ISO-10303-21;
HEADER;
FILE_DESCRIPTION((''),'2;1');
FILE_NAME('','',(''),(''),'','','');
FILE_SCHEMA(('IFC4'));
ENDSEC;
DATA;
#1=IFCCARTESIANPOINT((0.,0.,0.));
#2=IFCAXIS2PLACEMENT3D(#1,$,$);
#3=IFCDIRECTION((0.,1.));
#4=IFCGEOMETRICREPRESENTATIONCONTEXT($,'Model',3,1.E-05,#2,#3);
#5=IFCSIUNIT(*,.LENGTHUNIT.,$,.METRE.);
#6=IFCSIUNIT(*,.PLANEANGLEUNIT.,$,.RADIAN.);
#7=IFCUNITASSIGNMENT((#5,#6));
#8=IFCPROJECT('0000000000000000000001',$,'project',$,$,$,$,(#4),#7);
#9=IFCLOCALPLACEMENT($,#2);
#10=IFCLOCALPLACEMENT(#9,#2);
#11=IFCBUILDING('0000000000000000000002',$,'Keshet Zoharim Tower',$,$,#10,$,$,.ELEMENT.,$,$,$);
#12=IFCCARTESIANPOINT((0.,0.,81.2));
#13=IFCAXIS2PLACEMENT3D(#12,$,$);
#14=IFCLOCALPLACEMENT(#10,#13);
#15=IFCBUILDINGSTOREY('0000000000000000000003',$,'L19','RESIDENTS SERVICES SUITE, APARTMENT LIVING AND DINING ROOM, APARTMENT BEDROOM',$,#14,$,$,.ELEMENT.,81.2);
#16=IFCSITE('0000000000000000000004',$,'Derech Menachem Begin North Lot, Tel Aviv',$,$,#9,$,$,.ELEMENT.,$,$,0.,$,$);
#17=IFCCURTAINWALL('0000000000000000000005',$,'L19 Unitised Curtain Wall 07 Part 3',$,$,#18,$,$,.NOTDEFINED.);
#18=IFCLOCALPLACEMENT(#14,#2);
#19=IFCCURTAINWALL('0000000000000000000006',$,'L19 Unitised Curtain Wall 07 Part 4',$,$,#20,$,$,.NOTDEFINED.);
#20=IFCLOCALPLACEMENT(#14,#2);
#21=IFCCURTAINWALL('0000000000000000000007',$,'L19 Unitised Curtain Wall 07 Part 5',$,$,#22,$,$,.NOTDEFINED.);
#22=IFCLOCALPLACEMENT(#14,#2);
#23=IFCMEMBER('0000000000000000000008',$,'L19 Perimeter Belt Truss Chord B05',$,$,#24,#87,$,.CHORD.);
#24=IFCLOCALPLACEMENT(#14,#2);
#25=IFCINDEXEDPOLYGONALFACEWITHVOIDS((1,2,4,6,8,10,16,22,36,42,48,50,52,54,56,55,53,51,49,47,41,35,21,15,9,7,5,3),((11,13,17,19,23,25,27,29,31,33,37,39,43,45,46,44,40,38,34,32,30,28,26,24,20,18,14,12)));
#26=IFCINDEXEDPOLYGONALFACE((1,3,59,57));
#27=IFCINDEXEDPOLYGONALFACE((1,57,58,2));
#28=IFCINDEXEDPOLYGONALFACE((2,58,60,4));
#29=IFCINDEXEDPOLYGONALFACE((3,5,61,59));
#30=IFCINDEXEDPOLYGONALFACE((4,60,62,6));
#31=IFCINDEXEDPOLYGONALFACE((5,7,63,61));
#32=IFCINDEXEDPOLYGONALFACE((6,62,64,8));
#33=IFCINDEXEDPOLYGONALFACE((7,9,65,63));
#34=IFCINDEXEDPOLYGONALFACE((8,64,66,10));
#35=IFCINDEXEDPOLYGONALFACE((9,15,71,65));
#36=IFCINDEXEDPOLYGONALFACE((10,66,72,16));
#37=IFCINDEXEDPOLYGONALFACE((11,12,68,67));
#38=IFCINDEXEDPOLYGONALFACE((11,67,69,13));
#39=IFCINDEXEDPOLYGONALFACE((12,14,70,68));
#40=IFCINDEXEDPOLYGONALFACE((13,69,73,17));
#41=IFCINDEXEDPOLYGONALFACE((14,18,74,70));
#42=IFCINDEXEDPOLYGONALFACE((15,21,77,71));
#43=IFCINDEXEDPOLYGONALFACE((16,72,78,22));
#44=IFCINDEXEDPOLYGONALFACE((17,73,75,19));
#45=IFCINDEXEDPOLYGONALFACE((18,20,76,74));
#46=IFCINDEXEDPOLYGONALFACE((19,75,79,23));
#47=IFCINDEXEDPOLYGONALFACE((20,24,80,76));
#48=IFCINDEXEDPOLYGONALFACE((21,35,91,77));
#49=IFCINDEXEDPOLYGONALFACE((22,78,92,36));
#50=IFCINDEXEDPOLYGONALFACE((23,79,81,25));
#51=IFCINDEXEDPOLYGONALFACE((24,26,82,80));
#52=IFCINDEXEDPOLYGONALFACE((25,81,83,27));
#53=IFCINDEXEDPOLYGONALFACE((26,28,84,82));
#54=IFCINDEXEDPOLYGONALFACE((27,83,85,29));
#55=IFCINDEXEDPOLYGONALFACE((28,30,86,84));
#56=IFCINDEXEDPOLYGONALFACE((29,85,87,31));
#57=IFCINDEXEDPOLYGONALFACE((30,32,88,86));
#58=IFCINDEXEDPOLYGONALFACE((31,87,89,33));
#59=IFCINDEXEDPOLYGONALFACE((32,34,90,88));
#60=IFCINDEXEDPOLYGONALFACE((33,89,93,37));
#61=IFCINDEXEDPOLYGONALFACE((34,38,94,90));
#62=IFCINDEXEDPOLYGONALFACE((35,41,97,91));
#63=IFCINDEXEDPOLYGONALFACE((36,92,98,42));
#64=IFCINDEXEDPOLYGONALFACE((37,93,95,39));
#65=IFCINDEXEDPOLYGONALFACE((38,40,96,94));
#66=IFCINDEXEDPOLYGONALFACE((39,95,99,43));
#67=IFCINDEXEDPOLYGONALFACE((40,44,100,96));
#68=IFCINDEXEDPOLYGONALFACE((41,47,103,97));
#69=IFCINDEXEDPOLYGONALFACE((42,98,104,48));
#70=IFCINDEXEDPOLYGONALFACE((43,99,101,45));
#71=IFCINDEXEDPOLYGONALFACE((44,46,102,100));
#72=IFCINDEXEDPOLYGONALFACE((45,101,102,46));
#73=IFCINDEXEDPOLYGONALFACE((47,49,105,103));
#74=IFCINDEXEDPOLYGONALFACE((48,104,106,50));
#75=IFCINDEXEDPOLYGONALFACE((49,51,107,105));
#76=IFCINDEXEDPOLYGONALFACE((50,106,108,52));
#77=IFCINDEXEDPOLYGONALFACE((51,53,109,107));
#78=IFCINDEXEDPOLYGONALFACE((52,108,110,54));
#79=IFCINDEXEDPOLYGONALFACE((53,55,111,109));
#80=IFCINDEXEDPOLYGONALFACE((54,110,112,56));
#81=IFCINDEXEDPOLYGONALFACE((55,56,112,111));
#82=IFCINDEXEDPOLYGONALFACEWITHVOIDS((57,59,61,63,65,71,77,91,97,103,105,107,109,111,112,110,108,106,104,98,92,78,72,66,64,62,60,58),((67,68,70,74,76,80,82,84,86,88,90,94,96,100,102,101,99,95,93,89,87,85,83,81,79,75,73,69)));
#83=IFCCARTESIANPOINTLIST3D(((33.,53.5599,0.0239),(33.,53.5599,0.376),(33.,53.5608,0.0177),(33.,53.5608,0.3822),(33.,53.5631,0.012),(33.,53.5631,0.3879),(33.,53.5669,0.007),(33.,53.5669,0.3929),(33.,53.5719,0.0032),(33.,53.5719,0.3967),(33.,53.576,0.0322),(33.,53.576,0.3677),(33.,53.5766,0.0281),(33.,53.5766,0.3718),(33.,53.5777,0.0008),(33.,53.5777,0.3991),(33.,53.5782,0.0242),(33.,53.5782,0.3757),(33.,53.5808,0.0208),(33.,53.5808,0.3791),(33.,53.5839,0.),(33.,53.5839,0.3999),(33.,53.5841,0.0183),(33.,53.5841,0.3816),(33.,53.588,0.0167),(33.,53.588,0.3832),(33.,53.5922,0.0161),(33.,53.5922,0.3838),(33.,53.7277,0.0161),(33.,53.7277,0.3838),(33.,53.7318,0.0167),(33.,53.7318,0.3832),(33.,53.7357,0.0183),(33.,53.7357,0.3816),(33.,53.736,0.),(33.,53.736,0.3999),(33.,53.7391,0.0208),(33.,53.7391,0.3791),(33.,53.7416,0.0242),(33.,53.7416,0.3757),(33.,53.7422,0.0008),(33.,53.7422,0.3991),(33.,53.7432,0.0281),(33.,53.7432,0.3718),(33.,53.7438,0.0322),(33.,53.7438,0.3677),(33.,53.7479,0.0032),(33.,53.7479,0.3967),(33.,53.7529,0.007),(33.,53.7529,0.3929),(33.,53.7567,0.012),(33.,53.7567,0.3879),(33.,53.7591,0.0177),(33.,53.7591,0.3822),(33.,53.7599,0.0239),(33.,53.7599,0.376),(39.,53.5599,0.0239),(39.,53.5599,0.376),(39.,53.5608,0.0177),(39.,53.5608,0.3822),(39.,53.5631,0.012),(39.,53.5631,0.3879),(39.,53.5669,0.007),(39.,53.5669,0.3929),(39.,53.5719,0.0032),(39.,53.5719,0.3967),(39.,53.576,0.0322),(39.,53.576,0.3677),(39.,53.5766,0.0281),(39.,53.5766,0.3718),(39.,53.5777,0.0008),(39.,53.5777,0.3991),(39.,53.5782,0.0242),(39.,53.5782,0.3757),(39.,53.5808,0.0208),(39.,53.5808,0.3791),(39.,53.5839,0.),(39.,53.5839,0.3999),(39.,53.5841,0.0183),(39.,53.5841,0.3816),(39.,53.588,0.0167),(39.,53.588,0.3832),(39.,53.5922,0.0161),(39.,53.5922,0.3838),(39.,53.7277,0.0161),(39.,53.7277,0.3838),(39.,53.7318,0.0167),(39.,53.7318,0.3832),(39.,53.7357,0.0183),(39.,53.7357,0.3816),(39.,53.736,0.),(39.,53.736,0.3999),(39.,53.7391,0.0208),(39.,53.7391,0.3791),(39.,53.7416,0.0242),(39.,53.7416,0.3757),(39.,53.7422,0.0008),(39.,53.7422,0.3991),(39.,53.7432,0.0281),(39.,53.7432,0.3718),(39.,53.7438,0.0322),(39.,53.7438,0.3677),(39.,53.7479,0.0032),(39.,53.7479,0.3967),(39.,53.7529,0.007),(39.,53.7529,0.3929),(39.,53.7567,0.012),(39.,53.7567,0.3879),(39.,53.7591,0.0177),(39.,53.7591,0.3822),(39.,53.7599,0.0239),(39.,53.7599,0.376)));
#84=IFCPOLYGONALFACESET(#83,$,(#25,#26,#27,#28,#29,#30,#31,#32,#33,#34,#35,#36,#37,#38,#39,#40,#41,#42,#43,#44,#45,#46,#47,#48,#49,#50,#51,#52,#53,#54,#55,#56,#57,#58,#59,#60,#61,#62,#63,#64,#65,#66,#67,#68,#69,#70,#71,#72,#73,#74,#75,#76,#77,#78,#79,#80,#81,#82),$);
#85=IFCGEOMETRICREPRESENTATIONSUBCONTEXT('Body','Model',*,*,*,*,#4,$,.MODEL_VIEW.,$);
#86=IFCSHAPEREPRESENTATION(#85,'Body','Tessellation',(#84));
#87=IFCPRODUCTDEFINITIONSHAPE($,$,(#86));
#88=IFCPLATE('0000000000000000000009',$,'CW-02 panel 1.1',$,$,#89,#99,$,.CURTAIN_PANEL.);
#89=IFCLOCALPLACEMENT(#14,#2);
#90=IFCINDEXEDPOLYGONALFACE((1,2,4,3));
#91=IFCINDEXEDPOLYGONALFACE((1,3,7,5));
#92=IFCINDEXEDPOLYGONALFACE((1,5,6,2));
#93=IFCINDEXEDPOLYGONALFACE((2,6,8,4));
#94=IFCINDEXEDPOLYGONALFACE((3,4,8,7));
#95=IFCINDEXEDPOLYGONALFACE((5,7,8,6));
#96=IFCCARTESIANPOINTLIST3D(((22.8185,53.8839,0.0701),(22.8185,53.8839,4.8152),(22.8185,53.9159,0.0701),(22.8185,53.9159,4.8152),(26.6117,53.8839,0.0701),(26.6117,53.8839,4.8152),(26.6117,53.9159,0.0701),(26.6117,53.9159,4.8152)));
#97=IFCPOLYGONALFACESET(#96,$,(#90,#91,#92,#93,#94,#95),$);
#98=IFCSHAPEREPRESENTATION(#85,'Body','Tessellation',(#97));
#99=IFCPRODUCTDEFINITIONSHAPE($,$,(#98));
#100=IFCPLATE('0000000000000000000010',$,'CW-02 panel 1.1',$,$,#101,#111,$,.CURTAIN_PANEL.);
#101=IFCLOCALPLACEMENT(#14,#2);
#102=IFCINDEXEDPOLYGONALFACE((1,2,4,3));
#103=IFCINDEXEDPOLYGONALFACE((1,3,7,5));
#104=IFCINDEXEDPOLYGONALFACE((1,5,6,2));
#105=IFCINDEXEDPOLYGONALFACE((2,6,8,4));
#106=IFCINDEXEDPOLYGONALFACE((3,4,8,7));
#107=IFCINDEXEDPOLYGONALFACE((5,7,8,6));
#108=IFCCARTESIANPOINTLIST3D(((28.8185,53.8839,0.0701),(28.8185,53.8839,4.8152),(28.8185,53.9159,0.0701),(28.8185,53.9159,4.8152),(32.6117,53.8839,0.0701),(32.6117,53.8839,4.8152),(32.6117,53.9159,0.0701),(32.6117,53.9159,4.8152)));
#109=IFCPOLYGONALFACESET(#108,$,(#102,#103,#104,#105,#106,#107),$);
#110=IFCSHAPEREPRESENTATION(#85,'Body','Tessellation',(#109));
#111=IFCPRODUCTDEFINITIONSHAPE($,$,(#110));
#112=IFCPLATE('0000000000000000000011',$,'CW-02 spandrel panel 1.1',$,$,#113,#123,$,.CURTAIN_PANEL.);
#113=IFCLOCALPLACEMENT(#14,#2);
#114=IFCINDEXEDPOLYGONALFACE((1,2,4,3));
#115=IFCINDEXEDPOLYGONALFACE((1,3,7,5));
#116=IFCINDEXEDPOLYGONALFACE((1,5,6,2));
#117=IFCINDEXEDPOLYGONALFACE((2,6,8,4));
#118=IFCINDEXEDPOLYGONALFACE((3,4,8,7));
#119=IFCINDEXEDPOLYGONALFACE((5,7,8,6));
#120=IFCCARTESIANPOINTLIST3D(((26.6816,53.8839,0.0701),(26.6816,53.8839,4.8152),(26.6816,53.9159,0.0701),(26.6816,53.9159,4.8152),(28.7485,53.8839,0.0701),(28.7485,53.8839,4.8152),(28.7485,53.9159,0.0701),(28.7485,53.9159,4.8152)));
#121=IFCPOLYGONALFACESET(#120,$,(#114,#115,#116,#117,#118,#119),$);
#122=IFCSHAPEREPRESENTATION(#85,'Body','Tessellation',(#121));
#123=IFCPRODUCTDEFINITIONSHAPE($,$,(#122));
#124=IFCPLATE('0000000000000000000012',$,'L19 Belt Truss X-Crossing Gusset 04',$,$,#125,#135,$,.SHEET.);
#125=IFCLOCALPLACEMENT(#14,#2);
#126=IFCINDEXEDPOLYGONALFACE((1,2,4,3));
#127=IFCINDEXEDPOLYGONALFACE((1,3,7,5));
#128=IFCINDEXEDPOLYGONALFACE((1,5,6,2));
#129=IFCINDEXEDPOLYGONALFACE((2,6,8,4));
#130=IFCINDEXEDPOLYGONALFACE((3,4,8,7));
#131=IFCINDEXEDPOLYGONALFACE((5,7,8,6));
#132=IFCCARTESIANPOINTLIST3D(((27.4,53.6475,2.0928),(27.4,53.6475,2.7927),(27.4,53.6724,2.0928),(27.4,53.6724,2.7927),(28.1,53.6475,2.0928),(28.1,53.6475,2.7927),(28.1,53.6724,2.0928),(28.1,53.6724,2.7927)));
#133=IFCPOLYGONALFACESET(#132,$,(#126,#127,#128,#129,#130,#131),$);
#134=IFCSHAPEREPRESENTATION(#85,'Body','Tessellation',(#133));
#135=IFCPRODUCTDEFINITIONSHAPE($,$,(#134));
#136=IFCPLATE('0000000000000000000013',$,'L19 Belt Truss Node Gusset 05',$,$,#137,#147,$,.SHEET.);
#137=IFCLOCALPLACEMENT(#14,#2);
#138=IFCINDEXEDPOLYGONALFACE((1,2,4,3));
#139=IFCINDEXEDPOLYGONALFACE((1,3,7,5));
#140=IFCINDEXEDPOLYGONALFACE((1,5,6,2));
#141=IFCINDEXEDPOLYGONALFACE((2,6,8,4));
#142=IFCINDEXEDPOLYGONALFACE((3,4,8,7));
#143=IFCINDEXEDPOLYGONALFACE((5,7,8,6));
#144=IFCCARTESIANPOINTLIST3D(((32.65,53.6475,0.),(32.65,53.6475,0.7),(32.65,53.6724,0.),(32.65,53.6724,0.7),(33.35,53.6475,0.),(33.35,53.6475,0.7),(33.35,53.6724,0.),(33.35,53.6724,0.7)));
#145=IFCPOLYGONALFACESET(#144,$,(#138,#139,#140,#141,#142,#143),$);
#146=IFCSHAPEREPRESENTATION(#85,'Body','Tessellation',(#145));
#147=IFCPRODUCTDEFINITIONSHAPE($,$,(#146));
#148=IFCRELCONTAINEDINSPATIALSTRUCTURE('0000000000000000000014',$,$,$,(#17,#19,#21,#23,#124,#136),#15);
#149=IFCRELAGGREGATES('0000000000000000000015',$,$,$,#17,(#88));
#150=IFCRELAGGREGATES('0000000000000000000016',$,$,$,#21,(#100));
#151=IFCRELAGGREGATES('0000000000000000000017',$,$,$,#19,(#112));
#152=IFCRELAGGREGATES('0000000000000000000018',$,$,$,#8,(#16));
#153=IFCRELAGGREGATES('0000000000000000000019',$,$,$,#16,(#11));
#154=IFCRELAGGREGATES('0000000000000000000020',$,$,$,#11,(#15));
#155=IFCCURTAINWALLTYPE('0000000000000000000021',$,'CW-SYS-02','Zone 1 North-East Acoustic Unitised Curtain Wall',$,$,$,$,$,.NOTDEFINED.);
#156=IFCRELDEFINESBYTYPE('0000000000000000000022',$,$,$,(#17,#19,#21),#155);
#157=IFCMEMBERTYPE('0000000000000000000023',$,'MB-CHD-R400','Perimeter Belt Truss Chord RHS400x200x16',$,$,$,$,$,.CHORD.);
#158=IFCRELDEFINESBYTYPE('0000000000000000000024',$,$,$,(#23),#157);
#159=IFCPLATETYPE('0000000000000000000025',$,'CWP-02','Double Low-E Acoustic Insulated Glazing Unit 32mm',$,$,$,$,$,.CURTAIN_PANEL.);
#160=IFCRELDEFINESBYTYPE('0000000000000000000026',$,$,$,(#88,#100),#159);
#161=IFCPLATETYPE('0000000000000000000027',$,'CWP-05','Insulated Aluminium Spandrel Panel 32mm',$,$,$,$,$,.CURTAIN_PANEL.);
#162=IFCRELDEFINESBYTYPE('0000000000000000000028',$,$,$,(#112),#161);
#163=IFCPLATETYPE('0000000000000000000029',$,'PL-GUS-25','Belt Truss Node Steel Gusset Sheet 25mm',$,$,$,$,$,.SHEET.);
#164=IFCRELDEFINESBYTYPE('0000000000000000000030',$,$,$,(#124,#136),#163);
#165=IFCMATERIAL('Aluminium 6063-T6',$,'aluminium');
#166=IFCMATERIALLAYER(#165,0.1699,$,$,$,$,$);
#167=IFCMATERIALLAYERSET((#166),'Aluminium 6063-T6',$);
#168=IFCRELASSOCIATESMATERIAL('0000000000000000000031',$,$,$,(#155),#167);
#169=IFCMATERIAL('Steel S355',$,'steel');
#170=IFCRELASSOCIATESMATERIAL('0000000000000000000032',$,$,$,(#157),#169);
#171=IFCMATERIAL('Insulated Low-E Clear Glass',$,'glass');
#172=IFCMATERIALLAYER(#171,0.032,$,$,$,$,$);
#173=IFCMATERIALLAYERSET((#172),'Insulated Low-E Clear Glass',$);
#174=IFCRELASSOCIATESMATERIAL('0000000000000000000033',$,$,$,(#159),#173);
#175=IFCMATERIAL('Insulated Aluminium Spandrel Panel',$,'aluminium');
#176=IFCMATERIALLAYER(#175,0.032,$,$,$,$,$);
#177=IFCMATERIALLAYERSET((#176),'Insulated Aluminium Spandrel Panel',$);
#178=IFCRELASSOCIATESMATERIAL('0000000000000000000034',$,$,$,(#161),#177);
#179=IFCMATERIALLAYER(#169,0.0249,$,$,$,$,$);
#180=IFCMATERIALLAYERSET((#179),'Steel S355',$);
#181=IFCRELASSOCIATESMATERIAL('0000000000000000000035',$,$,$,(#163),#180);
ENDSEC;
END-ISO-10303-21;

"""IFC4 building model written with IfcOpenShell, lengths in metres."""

from ifc_helpers import new_model, si_unit, direction, frame, origin, origin_2d, place, context, subcontext, project, spatial, rectangle, hollow_rectangle, extrude, material, layer, layer_set, material_profile, profile_set, type_object, element, aggregate, save


model = new_model("IFC4")

# Units and contexts
model_context = context("Model", 3, precision=1e-05, world=origin(), true_north=direction((0.0, 1.0)))
body_context = subcontext(model_context, "Body", "Model", "MODEL_VIEW")
ifc_project = project(units=[si_unit("LENGTHUNIT", "METRE"), si_unit("PLANEANGLEUNIT", "RADIAN")], contexts=[model_context])

# Site, building, storey
site_placement = place(None, origin())
site = spatial("IfcSite", under=ifc_project, at=site_placement, Name="Derech Menachem Begin North Lot, Tel Aviv", CompositionType="ELEMENT", RefElevation=0.0)
building_placement = place(site_placement, origin())
building = spatial("IfcBuilding", under=site, at=building_placement, Name="Keshet Zoharim Tower", CompositionType="ELEMENT")
storey_placement = place(building_placement, frame((0.0, 0.0, 81.2)))
storey = spatial("IfcBuildingStorey", under=building, at=storey_placement, Name="L19", Description="RESIDENTS SERVICES SUITE, APARTMENT LIVING AND DINING ROOM, APARTMENT BEDROOM", CompositionType="ELEMENT", Elevation=81.2)

# Shared definitions
ifc_material_1 = material(Name="Steel S355", Category="steel")

# Curtain walls
ifc_material_2 = material(Name="Aluminium 6063-T6", Category="aluminium")
ifc_layer_1 = layer(ifc_material_2, 0.1699)
ifc_layer_set_1 = layer_set([ifc_layer_1], Name="Aluminium 6063-T6")
curtain_wall_type = type_object("IfcCurtainWallType", Name="CW-SYS-02", Description="Zone 1 North-East Acoustic Unitised Curtain Wall", PredefinedType="NOTDEFINED", material=ifc_layer_set_1)
curtain_wall_1_placement = place(storey_placement, origin())
curtain_wall_1 = element("IfcCurtainWall", 1, at=curtain_wall_1_placement, inside=storey, type_object=curtain_wall_type, Name="L19 Unitised Curtain Wall 07 Part 3", PredefinedType="NOTDEFINED")
curtain_wall_2_placement = place(storey_placement, origin())
curtain_wall_2 = element("IfcCurtainWall", 2, at=curtain_wall_2_placement, inside=storey, type_object=curtain_wall_type, Name="L19 Unitised Curtain Wall 07 Part 4", PredefinedType="NOTDEFINED")
curtain_wall_3_placement = place(storey_placement, origin())
curtain_wall_3 = element("IfcCurtainWall", 3, at=curtain_wall_3_placement, inside=storey, type_object=curtain_wall_type, Name="L19 Unitised Curtain Wall 07 Part 5", PredefinedType="NOTDEFINED")

# Member
ifc_material_profile_1 = material_profile(ifc_material_1, hollow_rectangle(XDim=0.2, YDim=0.3999, WallThickness=0.0161, InnerFilletRadius=0.0161, OuterFilletRadius=0.0239, at=origin_2d()), Name="RHS400x200x16")
ifc_profile_set_1 = profile_set([ifc_material_profile_1], Name="Steel S355")
member_type_1 = type_object("IfcMemberType", Name="MB-CHD-R400", Description="Perimeter Belt Truss Chord RHS400x200x16", PredefinedType="CHORD", material=ifc_profile_set_1)
member_1_placement = place(storey_placement, frame((33.0, 53.6599, 0.2), z_axis=(1.0, 0.0, 0.0), x_axis=(0.0, 1.0, 0.0)))
element("IfcMember", 4, at=member_1_placement, inside=storey, type_object=member_type_1, Name="L19 Perimeter Belt Truss Chord B05", PredefinedType="CHORD", context=body_context, shape_type="SweptSolid", body=[
    extrude(hollow_rectangle(XDim=0.2, YDim=0.3999, WallThickness=0.0161, InnerFilletRadius=0.0161, OuterFilletRadius=0.0239, at=origin_2d()), origin(), (0.0, 0.0, 1.0), 6.0),
])

# Plates
ifc_material_3 = material(Name="Insulated Low-E Clear Glass", Category="glass")
ifc_layer_2 = layer(ifc_material_3, 0.032)
ifc_layer_set_2 = layer_set([ifc_layer_2], Name="Insulated Low-E Clear Glass")
plate_type_1 = type_object("IfcPlateType", Name="CWP-02", Description="Double Low-E Acoustic Insulated Glazing Unit 32mm", PredefinedType="CURTAIN_PANEL", material=ifc_layer_set_2)
plate_1_placement = place(storey_placement, frame((24.7151, 53.8999, 0.0701), z_axis=(0.0, 0.0, 1.0), x_axis=(1.0, 0.0, 0.0)))
plate_1 = element("IfcPlate", 5, at=plate_1_placement, type_object=plate_type_1, Name="CW-02 panel 1.1", PredefinedType="CURTAIN_PANEL", context=body_context, shape_type="SweptSolid", body=[
    extrude(rectangle(XDim=3.7932, YDim=0.032, at=origin_2d()), origin(), (0.0, 0.0, 1.0), 4.7451),
])
aggregate(curtain_wall_1, [plate_1])
plate_2_placement = place(storey_placement, frame((30.7151, 53.8999, 0.0701), z_axis=(0.0, 0.0, 1.0), x_axis=(1.0, 0.0, 0.0)))
plate_2 = element("IfcPlate", 6, at=plate_2_placement, type_object=plate_type_1, Name="CW-02 panel 1.1", PredefinedType="CURTAIN_PANEL", context=body_context, shape_type="SweptSolid", body=[
    extrude(rectangle(XDim=3.7932, YDim=0.032, at=origin_2d()), origin(), (0.0, 0.0, 1.0), 4.7451),
])
aggregate(curtain_wall_3, [plate_2])
ifc_material_4 = material(Name="Insulated Aluminium Spandrel Panel", Category="aluminium")
ifc_layer_3 = layer(ifc_material_4, 0.032)
ifc_layer_set_3 = layer_set([ifc_layer_3], Name="Insulated Aluminium Spandrel Panel")
plate_type_2 = type_object("IfcPlateType", Name="CWP-05", Description="Insulated Aluminium Spandrel Panel 32mm", PredefinedType="CURTAIN_PANEL", material=ifc_layer_set_3)
plate_3_placement = place(storey_placement, frame((27.7151, 53.8999, 0.0701), z_axis=(0.0, 0.0, 1.0), x_axis=(1.0, 0.0, 0.0)))
plate_3 = element("IfcPlate", 7, at=plate_3_placement, type_object=plate_type_2, Name="CW-02 spandrel panel 1.1", PredefinedType="CURTAIN_PANEL", context=body_context, shape_type="SweptSolid", body=[
    extrude(rectangle(XDim=2.0669, YDim=0.032, at=origin_2d()), origin(), (0.0, 0.0, 1.0), 4.7451),
])
aggregate(curtain_wall_2, [plate_3])

# Plates
ifc_layer_4 = layer(ifc_material_1, 0.0249)
ifc_layer_set_4 = layer_set([ifc_layer_4], Name="Steel S355")
plate_type_3 = type_object("IfcPlateType", Name="PL-GUS-25", Description="Belt Truss Node Steel Gusset Sheet 25mm", PredefinedType="SHEET", material=ifc_layer_set_4)
for number, where, z_axis, x_axis, name in (
    (8, (27.75, 53.6599, 2.0928), (0.0, 0.0, 1.0), (1.0, 0.0, 0.0), "L19 Belt Truss X-Crossing Gusset 04"),
    (9, (33.0, 53.6599, 0.0), (0.0, 0.0, 1.0), (1.0, 0.0, 0.0), "L19 Belt Truss Node Gusset 05"),
):
    element("IfcPlate", number, at=place(storey_placement, frame(where, z_axis=z_axis, x_axis=x_axis)), inside=storey, type_object=plate_type_3, Name=name, PredefinedType="SHEET", context=body_context, shape_type="SweptSolid", body=[
        extrude(rectangle(XDim=0.7, YDim=0.0249, at=origin_2d()), origin(), (0.0, 0.0, 1.0), 0.7),
    ])

save(model, "model.ifc")
